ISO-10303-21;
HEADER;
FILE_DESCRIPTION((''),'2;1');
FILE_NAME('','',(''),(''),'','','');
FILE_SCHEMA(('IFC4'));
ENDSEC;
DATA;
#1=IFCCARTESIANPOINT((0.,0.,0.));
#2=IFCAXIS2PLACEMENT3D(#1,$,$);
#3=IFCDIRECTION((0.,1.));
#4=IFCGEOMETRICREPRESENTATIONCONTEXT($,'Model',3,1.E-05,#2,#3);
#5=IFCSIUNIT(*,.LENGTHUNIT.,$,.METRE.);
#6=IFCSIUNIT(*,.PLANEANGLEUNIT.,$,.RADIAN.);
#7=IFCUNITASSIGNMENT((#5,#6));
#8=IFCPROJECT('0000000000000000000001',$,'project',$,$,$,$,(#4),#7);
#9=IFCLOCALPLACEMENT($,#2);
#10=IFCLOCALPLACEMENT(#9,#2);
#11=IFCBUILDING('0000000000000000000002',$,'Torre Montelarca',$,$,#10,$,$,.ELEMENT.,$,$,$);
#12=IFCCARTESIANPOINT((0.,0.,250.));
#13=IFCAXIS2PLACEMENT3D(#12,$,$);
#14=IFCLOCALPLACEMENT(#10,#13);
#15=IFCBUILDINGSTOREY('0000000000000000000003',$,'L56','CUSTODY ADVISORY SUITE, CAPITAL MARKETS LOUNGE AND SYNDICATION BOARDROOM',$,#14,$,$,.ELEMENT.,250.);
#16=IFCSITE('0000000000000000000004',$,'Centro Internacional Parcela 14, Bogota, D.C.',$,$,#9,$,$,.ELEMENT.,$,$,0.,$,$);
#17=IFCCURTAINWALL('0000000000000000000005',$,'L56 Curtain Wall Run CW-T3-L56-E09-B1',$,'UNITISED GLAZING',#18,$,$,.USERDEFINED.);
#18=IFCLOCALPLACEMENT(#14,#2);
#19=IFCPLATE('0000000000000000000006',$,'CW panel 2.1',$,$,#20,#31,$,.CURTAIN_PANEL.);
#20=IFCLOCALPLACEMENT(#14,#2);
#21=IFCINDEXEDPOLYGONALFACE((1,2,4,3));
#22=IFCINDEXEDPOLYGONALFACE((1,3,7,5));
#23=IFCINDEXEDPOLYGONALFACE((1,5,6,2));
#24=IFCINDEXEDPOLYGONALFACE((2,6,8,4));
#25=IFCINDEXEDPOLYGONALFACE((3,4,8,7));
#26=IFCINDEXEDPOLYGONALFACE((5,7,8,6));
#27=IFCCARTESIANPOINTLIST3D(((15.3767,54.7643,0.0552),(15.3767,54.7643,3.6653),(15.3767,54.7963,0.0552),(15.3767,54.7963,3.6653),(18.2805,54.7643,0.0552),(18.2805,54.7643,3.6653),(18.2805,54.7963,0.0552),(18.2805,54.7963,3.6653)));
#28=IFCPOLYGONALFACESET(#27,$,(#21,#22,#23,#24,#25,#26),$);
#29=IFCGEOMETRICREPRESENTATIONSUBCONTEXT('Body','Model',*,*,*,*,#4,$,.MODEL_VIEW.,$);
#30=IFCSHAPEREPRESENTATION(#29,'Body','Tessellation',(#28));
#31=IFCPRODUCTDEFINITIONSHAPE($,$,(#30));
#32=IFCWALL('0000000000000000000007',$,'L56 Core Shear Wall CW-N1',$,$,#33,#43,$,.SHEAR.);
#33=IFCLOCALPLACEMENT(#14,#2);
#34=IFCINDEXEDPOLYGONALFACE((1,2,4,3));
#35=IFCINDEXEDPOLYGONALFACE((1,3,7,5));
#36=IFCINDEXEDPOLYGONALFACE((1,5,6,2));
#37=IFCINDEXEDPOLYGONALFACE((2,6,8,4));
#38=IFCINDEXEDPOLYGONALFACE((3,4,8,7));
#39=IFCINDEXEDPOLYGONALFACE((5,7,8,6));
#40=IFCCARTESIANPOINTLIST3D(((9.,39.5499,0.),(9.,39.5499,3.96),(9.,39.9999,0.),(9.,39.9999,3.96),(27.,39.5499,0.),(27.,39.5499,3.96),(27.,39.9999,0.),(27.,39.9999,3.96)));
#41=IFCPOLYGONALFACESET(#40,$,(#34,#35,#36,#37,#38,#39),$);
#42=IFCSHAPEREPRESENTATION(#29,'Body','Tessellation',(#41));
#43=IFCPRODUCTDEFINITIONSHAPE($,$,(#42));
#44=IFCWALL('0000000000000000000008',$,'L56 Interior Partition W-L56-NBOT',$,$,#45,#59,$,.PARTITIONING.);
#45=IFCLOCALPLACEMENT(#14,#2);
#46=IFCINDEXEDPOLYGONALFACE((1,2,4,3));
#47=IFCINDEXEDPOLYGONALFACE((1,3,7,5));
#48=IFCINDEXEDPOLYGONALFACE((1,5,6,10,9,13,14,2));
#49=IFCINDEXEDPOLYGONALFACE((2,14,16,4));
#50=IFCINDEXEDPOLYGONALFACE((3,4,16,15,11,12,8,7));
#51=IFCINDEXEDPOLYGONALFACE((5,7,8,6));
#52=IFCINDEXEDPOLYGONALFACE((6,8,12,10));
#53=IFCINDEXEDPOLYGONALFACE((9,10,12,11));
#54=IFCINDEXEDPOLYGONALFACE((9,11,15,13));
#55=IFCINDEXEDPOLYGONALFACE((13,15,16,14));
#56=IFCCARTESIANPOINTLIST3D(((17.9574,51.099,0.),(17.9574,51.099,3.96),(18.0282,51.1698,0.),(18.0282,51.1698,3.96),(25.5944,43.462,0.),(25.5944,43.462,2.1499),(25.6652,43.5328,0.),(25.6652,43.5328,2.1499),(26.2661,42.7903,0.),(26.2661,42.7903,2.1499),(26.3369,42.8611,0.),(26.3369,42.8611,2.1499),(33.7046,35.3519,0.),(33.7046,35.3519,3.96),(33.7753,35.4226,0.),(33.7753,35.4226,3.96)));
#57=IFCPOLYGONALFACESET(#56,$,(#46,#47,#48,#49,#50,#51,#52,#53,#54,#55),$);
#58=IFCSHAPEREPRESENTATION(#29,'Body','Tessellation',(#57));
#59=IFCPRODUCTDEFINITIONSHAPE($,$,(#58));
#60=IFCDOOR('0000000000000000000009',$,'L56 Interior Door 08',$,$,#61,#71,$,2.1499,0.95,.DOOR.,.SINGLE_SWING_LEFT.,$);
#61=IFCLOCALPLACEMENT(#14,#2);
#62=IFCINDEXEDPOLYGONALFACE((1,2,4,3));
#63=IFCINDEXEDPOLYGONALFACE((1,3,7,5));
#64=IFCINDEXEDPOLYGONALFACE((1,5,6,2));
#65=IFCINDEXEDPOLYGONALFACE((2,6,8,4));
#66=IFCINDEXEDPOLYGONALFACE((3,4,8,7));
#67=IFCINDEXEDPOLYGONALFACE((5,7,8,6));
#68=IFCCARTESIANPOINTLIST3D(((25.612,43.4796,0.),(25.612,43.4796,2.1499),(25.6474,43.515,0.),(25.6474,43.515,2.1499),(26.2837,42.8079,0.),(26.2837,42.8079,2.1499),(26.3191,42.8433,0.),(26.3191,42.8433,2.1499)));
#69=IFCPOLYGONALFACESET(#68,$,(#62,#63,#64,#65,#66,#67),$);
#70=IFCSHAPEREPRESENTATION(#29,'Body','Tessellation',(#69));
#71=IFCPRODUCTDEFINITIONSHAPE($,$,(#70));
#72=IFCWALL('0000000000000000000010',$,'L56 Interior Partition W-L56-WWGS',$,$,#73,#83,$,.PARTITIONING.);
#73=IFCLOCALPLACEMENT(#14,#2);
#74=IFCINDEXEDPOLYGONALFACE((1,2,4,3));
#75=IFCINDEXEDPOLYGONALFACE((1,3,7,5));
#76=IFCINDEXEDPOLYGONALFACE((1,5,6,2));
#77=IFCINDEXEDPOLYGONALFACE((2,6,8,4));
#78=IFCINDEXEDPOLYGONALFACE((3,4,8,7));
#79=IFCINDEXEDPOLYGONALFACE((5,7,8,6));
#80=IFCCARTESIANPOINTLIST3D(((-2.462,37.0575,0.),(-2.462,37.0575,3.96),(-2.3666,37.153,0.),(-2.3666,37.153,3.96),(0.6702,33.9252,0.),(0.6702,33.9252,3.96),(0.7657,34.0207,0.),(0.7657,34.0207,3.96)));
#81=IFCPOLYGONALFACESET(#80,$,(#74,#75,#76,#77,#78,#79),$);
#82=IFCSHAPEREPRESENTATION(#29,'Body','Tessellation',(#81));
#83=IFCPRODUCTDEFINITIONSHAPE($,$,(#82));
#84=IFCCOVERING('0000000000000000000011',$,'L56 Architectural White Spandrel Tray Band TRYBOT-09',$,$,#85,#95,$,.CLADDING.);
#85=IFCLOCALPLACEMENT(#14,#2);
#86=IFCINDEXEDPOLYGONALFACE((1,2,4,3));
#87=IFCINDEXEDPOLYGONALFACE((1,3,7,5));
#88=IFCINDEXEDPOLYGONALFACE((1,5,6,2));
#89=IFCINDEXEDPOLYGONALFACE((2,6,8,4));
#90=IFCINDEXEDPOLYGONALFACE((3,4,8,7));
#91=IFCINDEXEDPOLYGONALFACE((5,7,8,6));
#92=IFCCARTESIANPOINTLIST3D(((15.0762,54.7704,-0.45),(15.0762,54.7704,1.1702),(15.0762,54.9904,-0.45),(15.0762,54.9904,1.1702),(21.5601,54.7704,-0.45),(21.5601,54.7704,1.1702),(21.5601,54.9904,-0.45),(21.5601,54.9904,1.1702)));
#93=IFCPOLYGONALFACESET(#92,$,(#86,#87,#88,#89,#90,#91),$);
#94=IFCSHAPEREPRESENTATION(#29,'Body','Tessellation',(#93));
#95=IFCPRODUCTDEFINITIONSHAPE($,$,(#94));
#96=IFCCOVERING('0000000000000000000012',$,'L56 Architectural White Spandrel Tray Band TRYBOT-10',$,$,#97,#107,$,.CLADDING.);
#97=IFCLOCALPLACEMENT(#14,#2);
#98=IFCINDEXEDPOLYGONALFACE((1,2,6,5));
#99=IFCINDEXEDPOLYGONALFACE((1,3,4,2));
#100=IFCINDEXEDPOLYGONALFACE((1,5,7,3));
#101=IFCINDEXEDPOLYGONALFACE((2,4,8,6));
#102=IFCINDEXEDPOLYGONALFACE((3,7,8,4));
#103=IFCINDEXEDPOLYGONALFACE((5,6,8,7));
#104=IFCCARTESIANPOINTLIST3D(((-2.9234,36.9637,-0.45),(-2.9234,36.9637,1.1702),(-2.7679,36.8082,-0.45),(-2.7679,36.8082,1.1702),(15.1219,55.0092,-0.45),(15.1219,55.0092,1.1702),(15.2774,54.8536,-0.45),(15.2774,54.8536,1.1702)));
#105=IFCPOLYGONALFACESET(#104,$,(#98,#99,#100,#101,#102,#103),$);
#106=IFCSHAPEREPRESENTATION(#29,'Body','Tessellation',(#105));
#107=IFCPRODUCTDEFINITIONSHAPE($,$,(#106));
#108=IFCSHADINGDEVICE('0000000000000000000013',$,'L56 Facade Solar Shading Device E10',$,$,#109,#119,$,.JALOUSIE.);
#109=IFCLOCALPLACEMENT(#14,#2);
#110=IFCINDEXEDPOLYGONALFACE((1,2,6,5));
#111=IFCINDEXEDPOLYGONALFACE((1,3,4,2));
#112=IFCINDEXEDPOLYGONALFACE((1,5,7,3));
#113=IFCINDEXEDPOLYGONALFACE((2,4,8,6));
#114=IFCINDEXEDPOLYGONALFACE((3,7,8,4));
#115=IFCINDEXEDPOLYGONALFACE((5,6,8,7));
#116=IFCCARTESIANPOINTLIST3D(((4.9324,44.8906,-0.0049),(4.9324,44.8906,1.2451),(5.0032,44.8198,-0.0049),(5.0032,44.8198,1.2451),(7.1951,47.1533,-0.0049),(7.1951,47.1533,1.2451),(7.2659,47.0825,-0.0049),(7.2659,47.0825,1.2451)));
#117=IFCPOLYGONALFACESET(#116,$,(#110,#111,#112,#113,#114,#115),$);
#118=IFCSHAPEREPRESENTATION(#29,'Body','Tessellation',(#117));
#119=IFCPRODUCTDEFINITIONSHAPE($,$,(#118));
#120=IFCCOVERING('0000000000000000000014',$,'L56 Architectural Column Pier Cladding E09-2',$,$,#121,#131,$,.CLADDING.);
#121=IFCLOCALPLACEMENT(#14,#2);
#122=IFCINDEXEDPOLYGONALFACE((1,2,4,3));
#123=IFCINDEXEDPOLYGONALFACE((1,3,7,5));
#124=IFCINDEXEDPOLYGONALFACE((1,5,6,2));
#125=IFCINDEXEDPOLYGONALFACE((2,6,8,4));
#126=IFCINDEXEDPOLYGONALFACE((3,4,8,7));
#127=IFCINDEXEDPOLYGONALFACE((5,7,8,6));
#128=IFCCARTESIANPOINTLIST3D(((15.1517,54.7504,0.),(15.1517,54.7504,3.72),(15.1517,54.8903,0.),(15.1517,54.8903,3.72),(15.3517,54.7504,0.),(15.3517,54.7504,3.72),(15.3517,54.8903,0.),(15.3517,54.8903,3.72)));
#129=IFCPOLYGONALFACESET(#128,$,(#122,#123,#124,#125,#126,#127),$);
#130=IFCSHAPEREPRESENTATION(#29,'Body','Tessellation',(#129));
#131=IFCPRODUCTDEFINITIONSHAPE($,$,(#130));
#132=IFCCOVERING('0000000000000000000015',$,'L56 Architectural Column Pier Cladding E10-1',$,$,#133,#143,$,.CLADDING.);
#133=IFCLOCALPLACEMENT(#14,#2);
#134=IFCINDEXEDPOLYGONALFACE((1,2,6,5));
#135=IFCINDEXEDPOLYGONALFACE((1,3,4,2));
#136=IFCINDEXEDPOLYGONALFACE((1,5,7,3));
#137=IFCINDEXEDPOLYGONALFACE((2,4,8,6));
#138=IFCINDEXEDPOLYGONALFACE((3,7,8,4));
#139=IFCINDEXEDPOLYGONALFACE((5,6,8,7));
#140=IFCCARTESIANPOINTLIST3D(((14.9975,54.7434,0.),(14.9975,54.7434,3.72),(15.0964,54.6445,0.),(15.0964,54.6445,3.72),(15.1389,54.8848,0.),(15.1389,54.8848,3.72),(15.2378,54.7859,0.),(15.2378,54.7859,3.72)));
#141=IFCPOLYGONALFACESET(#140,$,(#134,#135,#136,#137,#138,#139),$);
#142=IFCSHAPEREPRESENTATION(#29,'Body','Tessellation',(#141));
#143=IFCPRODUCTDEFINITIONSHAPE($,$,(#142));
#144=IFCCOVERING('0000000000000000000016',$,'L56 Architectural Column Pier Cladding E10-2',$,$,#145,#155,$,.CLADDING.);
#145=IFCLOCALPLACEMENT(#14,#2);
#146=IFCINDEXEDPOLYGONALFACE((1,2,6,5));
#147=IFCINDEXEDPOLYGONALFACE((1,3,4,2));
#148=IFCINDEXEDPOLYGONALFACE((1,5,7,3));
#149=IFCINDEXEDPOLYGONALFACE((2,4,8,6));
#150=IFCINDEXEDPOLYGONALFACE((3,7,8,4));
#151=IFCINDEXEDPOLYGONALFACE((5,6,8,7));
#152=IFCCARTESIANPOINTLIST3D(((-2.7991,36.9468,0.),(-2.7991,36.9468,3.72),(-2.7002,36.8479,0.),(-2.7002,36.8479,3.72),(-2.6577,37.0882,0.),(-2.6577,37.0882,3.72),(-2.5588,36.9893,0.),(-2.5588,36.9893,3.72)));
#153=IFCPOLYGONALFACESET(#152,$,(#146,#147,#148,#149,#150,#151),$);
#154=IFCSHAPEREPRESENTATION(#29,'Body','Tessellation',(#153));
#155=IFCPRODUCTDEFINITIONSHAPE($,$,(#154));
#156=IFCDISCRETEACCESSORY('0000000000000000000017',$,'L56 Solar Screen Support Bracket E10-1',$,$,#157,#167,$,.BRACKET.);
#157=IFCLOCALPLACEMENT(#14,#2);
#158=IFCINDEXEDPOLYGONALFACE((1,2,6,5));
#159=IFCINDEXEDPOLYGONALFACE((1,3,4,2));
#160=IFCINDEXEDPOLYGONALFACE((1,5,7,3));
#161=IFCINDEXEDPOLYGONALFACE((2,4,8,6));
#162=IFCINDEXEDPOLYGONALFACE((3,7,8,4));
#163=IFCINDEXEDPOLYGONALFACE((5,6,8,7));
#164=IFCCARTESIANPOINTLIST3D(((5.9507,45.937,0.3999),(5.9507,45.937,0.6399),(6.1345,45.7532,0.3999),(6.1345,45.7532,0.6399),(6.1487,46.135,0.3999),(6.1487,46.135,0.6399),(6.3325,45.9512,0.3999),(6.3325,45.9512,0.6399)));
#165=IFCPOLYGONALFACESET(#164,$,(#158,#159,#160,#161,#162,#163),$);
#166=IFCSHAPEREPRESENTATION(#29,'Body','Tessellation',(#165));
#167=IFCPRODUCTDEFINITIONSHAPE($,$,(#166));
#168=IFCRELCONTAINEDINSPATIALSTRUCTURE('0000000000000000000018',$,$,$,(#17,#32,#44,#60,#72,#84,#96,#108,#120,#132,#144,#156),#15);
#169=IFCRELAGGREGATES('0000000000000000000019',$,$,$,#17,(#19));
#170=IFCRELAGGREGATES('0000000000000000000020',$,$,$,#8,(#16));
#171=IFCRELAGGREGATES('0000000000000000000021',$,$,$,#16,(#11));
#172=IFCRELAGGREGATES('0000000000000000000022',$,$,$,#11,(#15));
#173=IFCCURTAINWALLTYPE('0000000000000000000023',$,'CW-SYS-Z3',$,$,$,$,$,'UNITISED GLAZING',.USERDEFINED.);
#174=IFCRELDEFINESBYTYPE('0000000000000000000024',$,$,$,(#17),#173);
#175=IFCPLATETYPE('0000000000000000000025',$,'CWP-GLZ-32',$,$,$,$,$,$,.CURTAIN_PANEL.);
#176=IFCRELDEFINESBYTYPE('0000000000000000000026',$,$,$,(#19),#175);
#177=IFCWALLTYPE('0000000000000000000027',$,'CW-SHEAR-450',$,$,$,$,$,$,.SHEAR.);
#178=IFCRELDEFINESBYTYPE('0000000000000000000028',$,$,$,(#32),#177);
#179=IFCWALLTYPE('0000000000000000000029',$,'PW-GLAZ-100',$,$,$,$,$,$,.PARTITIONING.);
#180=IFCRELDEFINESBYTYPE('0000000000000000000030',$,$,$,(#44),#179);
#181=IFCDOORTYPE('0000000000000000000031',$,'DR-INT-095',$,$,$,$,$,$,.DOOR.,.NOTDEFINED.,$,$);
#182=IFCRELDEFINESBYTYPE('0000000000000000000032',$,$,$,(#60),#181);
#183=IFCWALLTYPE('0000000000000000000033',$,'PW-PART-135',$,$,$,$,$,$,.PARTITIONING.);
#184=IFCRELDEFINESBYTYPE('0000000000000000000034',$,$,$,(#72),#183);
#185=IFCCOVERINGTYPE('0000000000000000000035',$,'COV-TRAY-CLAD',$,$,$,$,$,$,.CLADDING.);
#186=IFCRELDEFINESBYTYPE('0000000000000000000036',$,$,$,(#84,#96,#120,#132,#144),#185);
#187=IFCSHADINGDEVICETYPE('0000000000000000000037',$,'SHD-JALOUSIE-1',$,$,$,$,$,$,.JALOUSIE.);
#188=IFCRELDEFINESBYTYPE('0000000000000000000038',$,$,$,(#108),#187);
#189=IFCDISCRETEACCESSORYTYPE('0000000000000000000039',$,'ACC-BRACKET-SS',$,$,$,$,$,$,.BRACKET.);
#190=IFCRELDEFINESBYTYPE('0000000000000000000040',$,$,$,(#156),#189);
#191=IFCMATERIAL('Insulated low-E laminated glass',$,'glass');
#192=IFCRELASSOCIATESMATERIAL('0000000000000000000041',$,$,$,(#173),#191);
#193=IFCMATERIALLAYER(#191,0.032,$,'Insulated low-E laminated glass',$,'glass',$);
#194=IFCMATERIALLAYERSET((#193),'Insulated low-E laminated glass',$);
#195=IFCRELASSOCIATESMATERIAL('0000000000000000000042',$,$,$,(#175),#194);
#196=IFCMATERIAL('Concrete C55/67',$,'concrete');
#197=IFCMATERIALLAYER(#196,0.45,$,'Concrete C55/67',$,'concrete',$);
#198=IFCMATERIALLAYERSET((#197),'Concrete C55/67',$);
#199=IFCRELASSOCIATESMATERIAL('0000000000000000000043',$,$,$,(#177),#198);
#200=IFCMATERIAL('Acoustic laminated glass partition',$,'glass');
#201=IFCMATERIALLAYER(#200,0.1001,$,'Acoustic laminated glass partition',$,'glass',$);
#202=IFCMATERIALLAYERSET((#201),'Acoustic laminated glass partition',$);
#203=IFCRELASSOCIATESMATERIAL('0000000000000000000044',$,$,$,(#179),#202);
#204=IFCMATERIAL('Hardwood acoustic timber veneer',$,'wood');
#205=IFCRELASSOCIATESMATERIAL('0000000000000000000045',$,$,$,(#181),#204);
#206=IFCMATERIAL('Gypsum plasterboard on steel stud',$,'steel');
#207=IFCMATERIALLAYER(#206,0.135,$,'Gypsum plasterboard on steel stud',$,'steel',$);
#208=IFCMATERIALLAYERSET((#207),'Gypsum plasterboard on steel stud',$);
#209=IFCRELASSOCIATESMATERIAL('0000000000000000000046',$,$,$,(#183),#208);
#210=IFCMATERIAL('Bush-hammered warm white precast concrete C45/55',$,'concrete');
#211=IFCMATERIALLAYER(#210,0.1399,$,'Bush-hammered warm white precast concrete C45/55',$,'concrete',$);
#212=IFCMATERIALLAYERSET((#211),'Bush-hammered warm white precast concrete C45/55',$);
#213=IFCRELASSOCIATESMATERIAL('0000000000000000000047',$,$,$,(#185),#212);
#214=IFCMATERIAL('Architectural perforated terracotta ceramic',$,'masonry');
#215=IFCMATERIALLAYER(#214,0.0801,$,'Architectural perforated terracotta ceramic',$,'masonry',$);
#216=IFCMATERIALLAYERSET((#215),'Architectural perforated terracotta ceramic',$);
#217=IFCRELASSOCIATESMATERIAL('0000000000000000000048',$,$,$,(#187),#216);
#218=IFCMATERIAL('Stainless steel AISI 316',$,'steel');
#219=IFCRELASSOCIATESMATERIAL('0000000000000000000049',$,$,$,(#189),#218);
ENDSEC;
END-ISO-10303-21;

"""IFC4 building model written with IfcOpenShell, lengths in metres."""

from ifc_helpers import new_model, si_unit, direction, frame, frame_2d, origin, origin_2d, place, context, subcontext, project, spatial, rectangle, extrude, source, transform, mapped, material, layer, layer_set, type_object, element, fill, aggregate, save


model = new_model("IFC4")

# Units and contexts
model_context = context("Model", 3, precision=1e-05, world=origin(), true_north=direction((0.0, 1.0)))
body_context = subcontext(model_context, "Body", "Model", "MODEL_VIEW")
ifc_project = project(units=[si_unit("LENGTHUNIT", "METRE"), si_unit("PLANEANGLEUNIT", "RADIAN")], contexts=[model_context])

# Site, building, storey
site_placement = place(None, origin())
site = spatial("IfcSite", under=ifc_project, at=site_placement, Name="Centro Internacional Parcela 14, Bogota, D.C.", CompositionType="ELEMENT", RefElevation=0.0)
building_placement = place(site_placement, origin())
building = spatial("IfcBuilding", under=site, at=building_placement, Name="Torre Montelarca", CompositionType="ELEMENT")
storey_placement = place(building_placement, frame((0.0, 0.0, 250.0)))
storey = spatial("IfcBuildingStorey", under=building, at=storey_placement, Name="L56", Description="CUSTODY ADVISORY SUITE, CAPITAL MARKETS LOUNGE AND SYNDICATION BOARDROOM", CompositionType="ELEMENT", Elevation=250.0)

# Shared definitions
ifc_material_1 = material(Name="Concrete C55/67", Category="concrete")

# Curtain wall
ifc_material_2 = material(Name="Insulated low-E laminated glass", Category="glass")
curtain_wall_type = type_object("IfcCurtainWallType", Name="CW-SYS-Z3", ElementType="UNITISED GLAZING", PredefinedType="USERDEFINED", material=ifc_material_2)
curtain_wall_1_placement = place(storey_placement, origin())
curtain_wall_1 = element("IfcCurtainWall", 1, at=curtain_wall_1_placement, inside=storey, type_object=curtain_wall_type, Name="L56 Curtain Wall Run CW-T3-L56-E09-B1", ObjectType="UNITISED GLAZING", PredefinedType="USERDEFINED")

# Plate
ifc_material_3 = material(Name="Architectural perforated terracotta ceramic", Category="masonry")
ifc_layer_1 = layer(ifc_material_2, 0.032, Name="Insulated low-E laminated glass", Category="glass")
ifc_layer_set_1 = layer_set([ifc_layer_1], Name="Insulated low-E laminated glass")
plate_type_1 = type_object("IfcPlateType", Name="CWP-GLZ-32", PredefinedType="CURTAIN_PANEL", material=ifc_layer_set_1)
shared_shape_1 = source(origin(), body_context, "Body", "SweptSolid", [
    extrude(rectangle(XDim=2.9038, YDim=0.032, at=origin_2d()), origin(), (0.0, 0.0, 1.0), 3.6101),
])
plate_1_placement = place(storey_placement, frame((16.8286, 54.7803, 0.0552), z_axis=(0.0, 0.0, 1.0), x_axis=(-1.0, 0.0, 0.0)))
plate_1 = element("IfcPlate", 2, at=plate_1_placement, type_object=plate_type_1, Name="CW panel 2.1", PredefinedType="CURTAIN_PANEL", context=body_context, shape_type="MappedRepresentation", body=[
    mapped(shared_shape_1, transform((0.0, 0.0, 0.0), scale=1.0)),
])
aggregate(curtain_wall_1, [plate_1])

# Wall
ifc_layer_2 = layer(ifc_material_1, 0.45, Name="Concrete C55/67", Category="concrete")
ifc_layer_set_2 = layer_set([ifc_layer_2], Name="Concrete C55/67")
wall_type_1 = type_object("IfcWallType", Name="CW-SHEAR-450", PredefinedType="SHEAR", material=ifc_layer_set_2)
wall_1_placement = place(storey_placement, frame((9.0, 39.7749, 0.0), z_axis=(0.0, 0.0, 1.0), x_axis=(1.0, 0.0, 0.0)))
element("IfcWall", 3, at=wall_1_placement, inside=storey, type_object=wall_type_1, Name="L56 Core Shear Wall CW-N1", PredefinedType="SHEAR", context=body_context, shape_type="SweptSolid", body=[
    extrude(rectangle(XDim=18.0, YDim=0.45, at=frame_2d((9.0, 0.0))), origin(), (0.0, 0.0, 1.0), 3.96),
])

# Wall, opening, door
ifc_material_4 = material(Name="Acoustic laminated glass partition", Category="glass")
ifc_layer_3 = layer(ifc_material_4, 0.1001, Name="Acoustic laminated glass partition", Category="glass")
ifc_layer_set_3 = layer_set([ifc_layer_3], Name="Acoustic laminated glass partition")
wall_type_2 = type_object("IfcWallType", Name="PW-GLAZ-100", PredefinedType="PARTITIONING", material=ifc_layer_set_3)
wall_2_placement = place(storey_placement, frame((17.9929, 51.1343, 0.0), z_axis=(0.0, 0.0, 1.0), x_axis=(0.707107, -0.707107, 0.0)))
wall_2 = element("IfcWall", 4, at=wall_2_placement, inside=storey, type_object=wall_type_2, Name="L56 Interior Partition W-L56-NBOT", PredefinedType="PARTITIONING", context=body_context, shape_type="SweptSolid", body=[
    extrude(rectangle(XDim=22.2698, YDim=0.1001, at=frame_2d((11.1348, 0.0))), origin(), (0.0, 0.0, 1.0), 3.96),
])
opening_placement = place(wall_2_placement, frame((10.8, 0.0, 0.0)))
opening = element("IfcOpeningElement", 5, at=opening_placement, cuts=wall_2, PredefinedType="OPENING", context=body_context, shape_type="SweptSolid", body=[
    extrude(rectangle(XDim=0.95, YDim=2.1499, at=frame_2d((0.4751, 1.075))), frame((0.0, 0.0601, 0.0), z_axis=(0.0, -1.0, 0.0), x_axis=(1.0, 0.0, 0.0)), (0.0, 0.0, 1.0), 0.1201),
])
ifc_material_5 = material(Name="Hardwood acoustic timber veneer", Category="wood")
door_type = type_object("IfcDoorType", Name="DR-INT-095", OperationType="NOTDEFINED", PredefinedType="DOOR", material=ifc_material_5)
shared_shape_2 = source(origin(), body_context, "Body", "SweptSolid", [
    extrude(rectangle(XDim=0.95, YDim=2.1499, at=frame_2d((0.4751, 1.075))), frame((0.0, 0.0249, 0.0), z_axis=(0.0, -1.0, 0.0), x_axis=(1.0, 0.0, 0.0)), (0.0, 0.0, 1.0), 0.05),
])
door_placement = place(opening_placement, origin())
door = element("IfcDoor", 6, at=door_placement, inside=storey, type_object=door_type, Name="L56 Interior Door 08", OperationType="SINGLE_SWING_LEFT", OverallHeight=2.1499, OverallWidth=0.95, PredefinedType="DOOR", context=body_context, shape_type="MappedRepresentation", body=[
    mapped(shared_shape_2, transform((0.0, 0.0, 0.0), scale=1.0)),
])
fill(opening, door)

# Wall
ifc_material_6 = material(Name="Gypsum plasterboard on steel stud", Category="steel")
ifc_layer_4 = layer(ifc_material_6, 0.135, Name="Gypsum plasterboard on steel stud", Category="steel")
ifc_layer_set_4 = layer_set([ifc_layer_4], Name="Gypsum plasterboard on steel stud")
wall_type_3 = type_object("IfcWallType", Name="PW-PART-135", PredefinedType="PARTITIONING", material=ifc_layer_set_4)
wall_3_placement = place(storey_placement, frame((-2.4143, 37.1052, 0.0), z_axis=(0.0, 0.0, 1.0), x_axis=(0.707107, -0.707107, 0.0)))
element("IfcWall", 7, at=wall_3_placement, inside=storey, type_object=wall_type_3, Name="L56 Interior Partition W-L56-WWGS", PredefinedType="PARTITIONING", context=body_context, shape_type="SweptSolid", body=[
    extrude(rectangle(XDim=4.4297, YDim=0.135, at=frame_2d((2.2148, 0.0))), origin(), (0.0, 0.0, 1.0), 3.96),
])

# Coverings
ifc_material_7 = material(Name="Bush-hammered warm white precast concrete C45/55", Category="concrete")
ifc_layer_5 = layer(ifc_material_7, 0.1399, Name="Bush-hammered warm white precast concrete C45/55", Category="concrete")
ifc_layer_set_5 = layer_set([ifc_layer_5], Name="Bush-hammered warm white precast concrete C45/55")
covering_type = type_object("IfcCoveringType", Name="COV-TRAY-CLAD", PredefinedType="CLADDING", material=ifc_layer_set_5)
shared_shape_3 = source(origin(), body_context, "Body", "SweptSolid", [
    extrude(rectangle(XDim=6.4839, YDim=0.22, at=origin_2d()), origin(), (0.0, 0.0, 1.0), 1.6201),
])
covering_1_placement = place(storey_placement, frame((18.3181, 54.8804, -0.45), z_axis=(0.0, 0.0, 1.0), x_axis=(-1.0, 0.0, 0.0)))
element("IfcCovering", 8, at=covering_1_placement, inside=storey, type_object=covering_type, Name="L56 Architectural White Spandrel Tray Band TRYBOT-09", PredefinedType="CLADDING", context=body_context, shape_type="MappedRepresentation", body=[
    mapped(shared_shape_3, transform((0.0, 0.0, 0.0), scale=1.0)),
])
shared_shape_4 = source(origin(), body_context, "Body", "SweptSolid", [
    extrude(rectangle(XDim=25.52, YDim=0.22, at=origin_2d()), origin(), (0.0, 0.0, 1.0), 1.6201),
])
covering_2_placement = place(storey_placement, frame((6.177, 45.9087, -0.45), z_axis=(0.0, 0.0, 1.0), x_axis=(-0.707104, -0.707109, 0.0)))
element("IfcCovering", 9, at=covering_2_placement, inside=storey, type_object=covering_type, Name="L56 Architectural White Spandrel Tray Band TRYBOT-10", PredefinedType="CLADDING", context=body_context, shape_type="MappedRepresentation", body=[
    mapped(shared_shape_4, transform((0.0, 0.0, 0.0), scale=1.0)),
])

# Shading device
ifc_layer_6 = layer(ifc_material_3, 0.0801, Name="Architectural perforated terracotta ceramic", Category="masonry")
ifc_layer_set_6 = layer_set([ifc_layer_6], Name="Architectural perforated terracotta ceramic")
shading_device_type = type_object("IfcShadingDeviceType", Name="SHD-JALOUSIE-1", PredefinedType="JALOUSIE", material=ifc_layer_set_6)
shared_shape_5 = source(origin(), body_context, "Body", "SweptSolid", [
    extrude(rectangle(XDim=3.2, YDim=0.1001, at=origin_2d()), origin(), (0.0, 0.0, 1.0), 1.25),
])
shading_device_placement = place(storey_placement, frame((6.0991, 45.9866, -0.0049), z_axis=(0.0, 0.0, 1.0), x_axis=(-0.707104, -0.707109, 0.0)))
element("IfcShadingDevice", 10, at=shading_device_placement, inside=storey, type_object=shading_device_type, Name="L56 Facade Solar Shading Device E10", PredefinedType="JALOUSIE", context=body_context, shape_type="MappedRepresentation", body=[
    mapped(shared_shape_5, transform((0.0, 0.0, 0.0), scale=1.0)),
])

# Coverings
shared_shape_6 = source(origin(), body_context, "Body", "SweptSolid", [
    extrude(rectangle(XDim=0.2, YDim=0.1399, at=origin_2d()), origin(), (0.0, 0.0, 1.0), 3.72),
])
for number, where, z_axis, x_axis, name in (
    (11, (15.2517, 54.8203, 0.0), (0.0, 0.0, 1.0), (-1.0, 0.0, 0.0), "L56 Architectural Column Pier Cladding E09-2"),
    (12, (15.1177, 54.7646, 0.0), (0.0, 0.0, 1.0), (-0.707104, -0.707109, 0.0), "L56 Architectural Column Pier Cladding E10-1"),
    (13, (-2.679, 36.968, 0.0), (0.0, 0.0, 1.0), (-0.707104, -0.707109, 0.0), "L56 Architectural Column Pier Cladding E10-2"),
):
    element("IfcCovering", number, at=place(storey_placement, frame(where, z_axis=z_axis, x_axis=x_axis)), inside=storey, type_object=covering_type, Name=name, PredefinedType="CLADDING", context=body_context, shape_type="MappedRepresentation", body=[
        mapped(shared_shape_6, transform((0.0, 0.0, 0.0), scale=1.0)),
    ])

# Discrete accessory
ifc_material_8 = material(Name="Stainless steel AISI 316", Category="steel")
discrete_accessory_type = type_object("IfcDiscreteAccessoryType", Name="ACC-BRACKET-SS", PredefinedType="BRACKET", material=ifc_material_8)
shared_shape_7 = source(origin(), body_context, "Body", "SweptSolid", [
    extrude(rectangle(XDim=0.28, YDim=0.26, at=origin_2d()), origin(), (0.0, 0.0, 1.0), 0.24),
])
discrete_accessory_placement = place(storey_placement, frame((6.1416, 45.9441, 0.3999), z_axis=(0.0, 0.0, 1.0), x_axis=(-0.707104, -0.707109, 0.0)))
element("IfcDiscreteAccessory", 14, at=discrete_accessory_placement, inside=storey, type_object=discrete_accessory_type, Name="L56 Solar Screen Support Bracket E10-1", PredefinedType="BRACKET", context=body_context, shape_type="MappedRepresentation", body=[
    mapped(shared_shape_7, transform((0.0, 0.0, 0.0), scale=1.0)),
])

save(model, "model.ifc")
